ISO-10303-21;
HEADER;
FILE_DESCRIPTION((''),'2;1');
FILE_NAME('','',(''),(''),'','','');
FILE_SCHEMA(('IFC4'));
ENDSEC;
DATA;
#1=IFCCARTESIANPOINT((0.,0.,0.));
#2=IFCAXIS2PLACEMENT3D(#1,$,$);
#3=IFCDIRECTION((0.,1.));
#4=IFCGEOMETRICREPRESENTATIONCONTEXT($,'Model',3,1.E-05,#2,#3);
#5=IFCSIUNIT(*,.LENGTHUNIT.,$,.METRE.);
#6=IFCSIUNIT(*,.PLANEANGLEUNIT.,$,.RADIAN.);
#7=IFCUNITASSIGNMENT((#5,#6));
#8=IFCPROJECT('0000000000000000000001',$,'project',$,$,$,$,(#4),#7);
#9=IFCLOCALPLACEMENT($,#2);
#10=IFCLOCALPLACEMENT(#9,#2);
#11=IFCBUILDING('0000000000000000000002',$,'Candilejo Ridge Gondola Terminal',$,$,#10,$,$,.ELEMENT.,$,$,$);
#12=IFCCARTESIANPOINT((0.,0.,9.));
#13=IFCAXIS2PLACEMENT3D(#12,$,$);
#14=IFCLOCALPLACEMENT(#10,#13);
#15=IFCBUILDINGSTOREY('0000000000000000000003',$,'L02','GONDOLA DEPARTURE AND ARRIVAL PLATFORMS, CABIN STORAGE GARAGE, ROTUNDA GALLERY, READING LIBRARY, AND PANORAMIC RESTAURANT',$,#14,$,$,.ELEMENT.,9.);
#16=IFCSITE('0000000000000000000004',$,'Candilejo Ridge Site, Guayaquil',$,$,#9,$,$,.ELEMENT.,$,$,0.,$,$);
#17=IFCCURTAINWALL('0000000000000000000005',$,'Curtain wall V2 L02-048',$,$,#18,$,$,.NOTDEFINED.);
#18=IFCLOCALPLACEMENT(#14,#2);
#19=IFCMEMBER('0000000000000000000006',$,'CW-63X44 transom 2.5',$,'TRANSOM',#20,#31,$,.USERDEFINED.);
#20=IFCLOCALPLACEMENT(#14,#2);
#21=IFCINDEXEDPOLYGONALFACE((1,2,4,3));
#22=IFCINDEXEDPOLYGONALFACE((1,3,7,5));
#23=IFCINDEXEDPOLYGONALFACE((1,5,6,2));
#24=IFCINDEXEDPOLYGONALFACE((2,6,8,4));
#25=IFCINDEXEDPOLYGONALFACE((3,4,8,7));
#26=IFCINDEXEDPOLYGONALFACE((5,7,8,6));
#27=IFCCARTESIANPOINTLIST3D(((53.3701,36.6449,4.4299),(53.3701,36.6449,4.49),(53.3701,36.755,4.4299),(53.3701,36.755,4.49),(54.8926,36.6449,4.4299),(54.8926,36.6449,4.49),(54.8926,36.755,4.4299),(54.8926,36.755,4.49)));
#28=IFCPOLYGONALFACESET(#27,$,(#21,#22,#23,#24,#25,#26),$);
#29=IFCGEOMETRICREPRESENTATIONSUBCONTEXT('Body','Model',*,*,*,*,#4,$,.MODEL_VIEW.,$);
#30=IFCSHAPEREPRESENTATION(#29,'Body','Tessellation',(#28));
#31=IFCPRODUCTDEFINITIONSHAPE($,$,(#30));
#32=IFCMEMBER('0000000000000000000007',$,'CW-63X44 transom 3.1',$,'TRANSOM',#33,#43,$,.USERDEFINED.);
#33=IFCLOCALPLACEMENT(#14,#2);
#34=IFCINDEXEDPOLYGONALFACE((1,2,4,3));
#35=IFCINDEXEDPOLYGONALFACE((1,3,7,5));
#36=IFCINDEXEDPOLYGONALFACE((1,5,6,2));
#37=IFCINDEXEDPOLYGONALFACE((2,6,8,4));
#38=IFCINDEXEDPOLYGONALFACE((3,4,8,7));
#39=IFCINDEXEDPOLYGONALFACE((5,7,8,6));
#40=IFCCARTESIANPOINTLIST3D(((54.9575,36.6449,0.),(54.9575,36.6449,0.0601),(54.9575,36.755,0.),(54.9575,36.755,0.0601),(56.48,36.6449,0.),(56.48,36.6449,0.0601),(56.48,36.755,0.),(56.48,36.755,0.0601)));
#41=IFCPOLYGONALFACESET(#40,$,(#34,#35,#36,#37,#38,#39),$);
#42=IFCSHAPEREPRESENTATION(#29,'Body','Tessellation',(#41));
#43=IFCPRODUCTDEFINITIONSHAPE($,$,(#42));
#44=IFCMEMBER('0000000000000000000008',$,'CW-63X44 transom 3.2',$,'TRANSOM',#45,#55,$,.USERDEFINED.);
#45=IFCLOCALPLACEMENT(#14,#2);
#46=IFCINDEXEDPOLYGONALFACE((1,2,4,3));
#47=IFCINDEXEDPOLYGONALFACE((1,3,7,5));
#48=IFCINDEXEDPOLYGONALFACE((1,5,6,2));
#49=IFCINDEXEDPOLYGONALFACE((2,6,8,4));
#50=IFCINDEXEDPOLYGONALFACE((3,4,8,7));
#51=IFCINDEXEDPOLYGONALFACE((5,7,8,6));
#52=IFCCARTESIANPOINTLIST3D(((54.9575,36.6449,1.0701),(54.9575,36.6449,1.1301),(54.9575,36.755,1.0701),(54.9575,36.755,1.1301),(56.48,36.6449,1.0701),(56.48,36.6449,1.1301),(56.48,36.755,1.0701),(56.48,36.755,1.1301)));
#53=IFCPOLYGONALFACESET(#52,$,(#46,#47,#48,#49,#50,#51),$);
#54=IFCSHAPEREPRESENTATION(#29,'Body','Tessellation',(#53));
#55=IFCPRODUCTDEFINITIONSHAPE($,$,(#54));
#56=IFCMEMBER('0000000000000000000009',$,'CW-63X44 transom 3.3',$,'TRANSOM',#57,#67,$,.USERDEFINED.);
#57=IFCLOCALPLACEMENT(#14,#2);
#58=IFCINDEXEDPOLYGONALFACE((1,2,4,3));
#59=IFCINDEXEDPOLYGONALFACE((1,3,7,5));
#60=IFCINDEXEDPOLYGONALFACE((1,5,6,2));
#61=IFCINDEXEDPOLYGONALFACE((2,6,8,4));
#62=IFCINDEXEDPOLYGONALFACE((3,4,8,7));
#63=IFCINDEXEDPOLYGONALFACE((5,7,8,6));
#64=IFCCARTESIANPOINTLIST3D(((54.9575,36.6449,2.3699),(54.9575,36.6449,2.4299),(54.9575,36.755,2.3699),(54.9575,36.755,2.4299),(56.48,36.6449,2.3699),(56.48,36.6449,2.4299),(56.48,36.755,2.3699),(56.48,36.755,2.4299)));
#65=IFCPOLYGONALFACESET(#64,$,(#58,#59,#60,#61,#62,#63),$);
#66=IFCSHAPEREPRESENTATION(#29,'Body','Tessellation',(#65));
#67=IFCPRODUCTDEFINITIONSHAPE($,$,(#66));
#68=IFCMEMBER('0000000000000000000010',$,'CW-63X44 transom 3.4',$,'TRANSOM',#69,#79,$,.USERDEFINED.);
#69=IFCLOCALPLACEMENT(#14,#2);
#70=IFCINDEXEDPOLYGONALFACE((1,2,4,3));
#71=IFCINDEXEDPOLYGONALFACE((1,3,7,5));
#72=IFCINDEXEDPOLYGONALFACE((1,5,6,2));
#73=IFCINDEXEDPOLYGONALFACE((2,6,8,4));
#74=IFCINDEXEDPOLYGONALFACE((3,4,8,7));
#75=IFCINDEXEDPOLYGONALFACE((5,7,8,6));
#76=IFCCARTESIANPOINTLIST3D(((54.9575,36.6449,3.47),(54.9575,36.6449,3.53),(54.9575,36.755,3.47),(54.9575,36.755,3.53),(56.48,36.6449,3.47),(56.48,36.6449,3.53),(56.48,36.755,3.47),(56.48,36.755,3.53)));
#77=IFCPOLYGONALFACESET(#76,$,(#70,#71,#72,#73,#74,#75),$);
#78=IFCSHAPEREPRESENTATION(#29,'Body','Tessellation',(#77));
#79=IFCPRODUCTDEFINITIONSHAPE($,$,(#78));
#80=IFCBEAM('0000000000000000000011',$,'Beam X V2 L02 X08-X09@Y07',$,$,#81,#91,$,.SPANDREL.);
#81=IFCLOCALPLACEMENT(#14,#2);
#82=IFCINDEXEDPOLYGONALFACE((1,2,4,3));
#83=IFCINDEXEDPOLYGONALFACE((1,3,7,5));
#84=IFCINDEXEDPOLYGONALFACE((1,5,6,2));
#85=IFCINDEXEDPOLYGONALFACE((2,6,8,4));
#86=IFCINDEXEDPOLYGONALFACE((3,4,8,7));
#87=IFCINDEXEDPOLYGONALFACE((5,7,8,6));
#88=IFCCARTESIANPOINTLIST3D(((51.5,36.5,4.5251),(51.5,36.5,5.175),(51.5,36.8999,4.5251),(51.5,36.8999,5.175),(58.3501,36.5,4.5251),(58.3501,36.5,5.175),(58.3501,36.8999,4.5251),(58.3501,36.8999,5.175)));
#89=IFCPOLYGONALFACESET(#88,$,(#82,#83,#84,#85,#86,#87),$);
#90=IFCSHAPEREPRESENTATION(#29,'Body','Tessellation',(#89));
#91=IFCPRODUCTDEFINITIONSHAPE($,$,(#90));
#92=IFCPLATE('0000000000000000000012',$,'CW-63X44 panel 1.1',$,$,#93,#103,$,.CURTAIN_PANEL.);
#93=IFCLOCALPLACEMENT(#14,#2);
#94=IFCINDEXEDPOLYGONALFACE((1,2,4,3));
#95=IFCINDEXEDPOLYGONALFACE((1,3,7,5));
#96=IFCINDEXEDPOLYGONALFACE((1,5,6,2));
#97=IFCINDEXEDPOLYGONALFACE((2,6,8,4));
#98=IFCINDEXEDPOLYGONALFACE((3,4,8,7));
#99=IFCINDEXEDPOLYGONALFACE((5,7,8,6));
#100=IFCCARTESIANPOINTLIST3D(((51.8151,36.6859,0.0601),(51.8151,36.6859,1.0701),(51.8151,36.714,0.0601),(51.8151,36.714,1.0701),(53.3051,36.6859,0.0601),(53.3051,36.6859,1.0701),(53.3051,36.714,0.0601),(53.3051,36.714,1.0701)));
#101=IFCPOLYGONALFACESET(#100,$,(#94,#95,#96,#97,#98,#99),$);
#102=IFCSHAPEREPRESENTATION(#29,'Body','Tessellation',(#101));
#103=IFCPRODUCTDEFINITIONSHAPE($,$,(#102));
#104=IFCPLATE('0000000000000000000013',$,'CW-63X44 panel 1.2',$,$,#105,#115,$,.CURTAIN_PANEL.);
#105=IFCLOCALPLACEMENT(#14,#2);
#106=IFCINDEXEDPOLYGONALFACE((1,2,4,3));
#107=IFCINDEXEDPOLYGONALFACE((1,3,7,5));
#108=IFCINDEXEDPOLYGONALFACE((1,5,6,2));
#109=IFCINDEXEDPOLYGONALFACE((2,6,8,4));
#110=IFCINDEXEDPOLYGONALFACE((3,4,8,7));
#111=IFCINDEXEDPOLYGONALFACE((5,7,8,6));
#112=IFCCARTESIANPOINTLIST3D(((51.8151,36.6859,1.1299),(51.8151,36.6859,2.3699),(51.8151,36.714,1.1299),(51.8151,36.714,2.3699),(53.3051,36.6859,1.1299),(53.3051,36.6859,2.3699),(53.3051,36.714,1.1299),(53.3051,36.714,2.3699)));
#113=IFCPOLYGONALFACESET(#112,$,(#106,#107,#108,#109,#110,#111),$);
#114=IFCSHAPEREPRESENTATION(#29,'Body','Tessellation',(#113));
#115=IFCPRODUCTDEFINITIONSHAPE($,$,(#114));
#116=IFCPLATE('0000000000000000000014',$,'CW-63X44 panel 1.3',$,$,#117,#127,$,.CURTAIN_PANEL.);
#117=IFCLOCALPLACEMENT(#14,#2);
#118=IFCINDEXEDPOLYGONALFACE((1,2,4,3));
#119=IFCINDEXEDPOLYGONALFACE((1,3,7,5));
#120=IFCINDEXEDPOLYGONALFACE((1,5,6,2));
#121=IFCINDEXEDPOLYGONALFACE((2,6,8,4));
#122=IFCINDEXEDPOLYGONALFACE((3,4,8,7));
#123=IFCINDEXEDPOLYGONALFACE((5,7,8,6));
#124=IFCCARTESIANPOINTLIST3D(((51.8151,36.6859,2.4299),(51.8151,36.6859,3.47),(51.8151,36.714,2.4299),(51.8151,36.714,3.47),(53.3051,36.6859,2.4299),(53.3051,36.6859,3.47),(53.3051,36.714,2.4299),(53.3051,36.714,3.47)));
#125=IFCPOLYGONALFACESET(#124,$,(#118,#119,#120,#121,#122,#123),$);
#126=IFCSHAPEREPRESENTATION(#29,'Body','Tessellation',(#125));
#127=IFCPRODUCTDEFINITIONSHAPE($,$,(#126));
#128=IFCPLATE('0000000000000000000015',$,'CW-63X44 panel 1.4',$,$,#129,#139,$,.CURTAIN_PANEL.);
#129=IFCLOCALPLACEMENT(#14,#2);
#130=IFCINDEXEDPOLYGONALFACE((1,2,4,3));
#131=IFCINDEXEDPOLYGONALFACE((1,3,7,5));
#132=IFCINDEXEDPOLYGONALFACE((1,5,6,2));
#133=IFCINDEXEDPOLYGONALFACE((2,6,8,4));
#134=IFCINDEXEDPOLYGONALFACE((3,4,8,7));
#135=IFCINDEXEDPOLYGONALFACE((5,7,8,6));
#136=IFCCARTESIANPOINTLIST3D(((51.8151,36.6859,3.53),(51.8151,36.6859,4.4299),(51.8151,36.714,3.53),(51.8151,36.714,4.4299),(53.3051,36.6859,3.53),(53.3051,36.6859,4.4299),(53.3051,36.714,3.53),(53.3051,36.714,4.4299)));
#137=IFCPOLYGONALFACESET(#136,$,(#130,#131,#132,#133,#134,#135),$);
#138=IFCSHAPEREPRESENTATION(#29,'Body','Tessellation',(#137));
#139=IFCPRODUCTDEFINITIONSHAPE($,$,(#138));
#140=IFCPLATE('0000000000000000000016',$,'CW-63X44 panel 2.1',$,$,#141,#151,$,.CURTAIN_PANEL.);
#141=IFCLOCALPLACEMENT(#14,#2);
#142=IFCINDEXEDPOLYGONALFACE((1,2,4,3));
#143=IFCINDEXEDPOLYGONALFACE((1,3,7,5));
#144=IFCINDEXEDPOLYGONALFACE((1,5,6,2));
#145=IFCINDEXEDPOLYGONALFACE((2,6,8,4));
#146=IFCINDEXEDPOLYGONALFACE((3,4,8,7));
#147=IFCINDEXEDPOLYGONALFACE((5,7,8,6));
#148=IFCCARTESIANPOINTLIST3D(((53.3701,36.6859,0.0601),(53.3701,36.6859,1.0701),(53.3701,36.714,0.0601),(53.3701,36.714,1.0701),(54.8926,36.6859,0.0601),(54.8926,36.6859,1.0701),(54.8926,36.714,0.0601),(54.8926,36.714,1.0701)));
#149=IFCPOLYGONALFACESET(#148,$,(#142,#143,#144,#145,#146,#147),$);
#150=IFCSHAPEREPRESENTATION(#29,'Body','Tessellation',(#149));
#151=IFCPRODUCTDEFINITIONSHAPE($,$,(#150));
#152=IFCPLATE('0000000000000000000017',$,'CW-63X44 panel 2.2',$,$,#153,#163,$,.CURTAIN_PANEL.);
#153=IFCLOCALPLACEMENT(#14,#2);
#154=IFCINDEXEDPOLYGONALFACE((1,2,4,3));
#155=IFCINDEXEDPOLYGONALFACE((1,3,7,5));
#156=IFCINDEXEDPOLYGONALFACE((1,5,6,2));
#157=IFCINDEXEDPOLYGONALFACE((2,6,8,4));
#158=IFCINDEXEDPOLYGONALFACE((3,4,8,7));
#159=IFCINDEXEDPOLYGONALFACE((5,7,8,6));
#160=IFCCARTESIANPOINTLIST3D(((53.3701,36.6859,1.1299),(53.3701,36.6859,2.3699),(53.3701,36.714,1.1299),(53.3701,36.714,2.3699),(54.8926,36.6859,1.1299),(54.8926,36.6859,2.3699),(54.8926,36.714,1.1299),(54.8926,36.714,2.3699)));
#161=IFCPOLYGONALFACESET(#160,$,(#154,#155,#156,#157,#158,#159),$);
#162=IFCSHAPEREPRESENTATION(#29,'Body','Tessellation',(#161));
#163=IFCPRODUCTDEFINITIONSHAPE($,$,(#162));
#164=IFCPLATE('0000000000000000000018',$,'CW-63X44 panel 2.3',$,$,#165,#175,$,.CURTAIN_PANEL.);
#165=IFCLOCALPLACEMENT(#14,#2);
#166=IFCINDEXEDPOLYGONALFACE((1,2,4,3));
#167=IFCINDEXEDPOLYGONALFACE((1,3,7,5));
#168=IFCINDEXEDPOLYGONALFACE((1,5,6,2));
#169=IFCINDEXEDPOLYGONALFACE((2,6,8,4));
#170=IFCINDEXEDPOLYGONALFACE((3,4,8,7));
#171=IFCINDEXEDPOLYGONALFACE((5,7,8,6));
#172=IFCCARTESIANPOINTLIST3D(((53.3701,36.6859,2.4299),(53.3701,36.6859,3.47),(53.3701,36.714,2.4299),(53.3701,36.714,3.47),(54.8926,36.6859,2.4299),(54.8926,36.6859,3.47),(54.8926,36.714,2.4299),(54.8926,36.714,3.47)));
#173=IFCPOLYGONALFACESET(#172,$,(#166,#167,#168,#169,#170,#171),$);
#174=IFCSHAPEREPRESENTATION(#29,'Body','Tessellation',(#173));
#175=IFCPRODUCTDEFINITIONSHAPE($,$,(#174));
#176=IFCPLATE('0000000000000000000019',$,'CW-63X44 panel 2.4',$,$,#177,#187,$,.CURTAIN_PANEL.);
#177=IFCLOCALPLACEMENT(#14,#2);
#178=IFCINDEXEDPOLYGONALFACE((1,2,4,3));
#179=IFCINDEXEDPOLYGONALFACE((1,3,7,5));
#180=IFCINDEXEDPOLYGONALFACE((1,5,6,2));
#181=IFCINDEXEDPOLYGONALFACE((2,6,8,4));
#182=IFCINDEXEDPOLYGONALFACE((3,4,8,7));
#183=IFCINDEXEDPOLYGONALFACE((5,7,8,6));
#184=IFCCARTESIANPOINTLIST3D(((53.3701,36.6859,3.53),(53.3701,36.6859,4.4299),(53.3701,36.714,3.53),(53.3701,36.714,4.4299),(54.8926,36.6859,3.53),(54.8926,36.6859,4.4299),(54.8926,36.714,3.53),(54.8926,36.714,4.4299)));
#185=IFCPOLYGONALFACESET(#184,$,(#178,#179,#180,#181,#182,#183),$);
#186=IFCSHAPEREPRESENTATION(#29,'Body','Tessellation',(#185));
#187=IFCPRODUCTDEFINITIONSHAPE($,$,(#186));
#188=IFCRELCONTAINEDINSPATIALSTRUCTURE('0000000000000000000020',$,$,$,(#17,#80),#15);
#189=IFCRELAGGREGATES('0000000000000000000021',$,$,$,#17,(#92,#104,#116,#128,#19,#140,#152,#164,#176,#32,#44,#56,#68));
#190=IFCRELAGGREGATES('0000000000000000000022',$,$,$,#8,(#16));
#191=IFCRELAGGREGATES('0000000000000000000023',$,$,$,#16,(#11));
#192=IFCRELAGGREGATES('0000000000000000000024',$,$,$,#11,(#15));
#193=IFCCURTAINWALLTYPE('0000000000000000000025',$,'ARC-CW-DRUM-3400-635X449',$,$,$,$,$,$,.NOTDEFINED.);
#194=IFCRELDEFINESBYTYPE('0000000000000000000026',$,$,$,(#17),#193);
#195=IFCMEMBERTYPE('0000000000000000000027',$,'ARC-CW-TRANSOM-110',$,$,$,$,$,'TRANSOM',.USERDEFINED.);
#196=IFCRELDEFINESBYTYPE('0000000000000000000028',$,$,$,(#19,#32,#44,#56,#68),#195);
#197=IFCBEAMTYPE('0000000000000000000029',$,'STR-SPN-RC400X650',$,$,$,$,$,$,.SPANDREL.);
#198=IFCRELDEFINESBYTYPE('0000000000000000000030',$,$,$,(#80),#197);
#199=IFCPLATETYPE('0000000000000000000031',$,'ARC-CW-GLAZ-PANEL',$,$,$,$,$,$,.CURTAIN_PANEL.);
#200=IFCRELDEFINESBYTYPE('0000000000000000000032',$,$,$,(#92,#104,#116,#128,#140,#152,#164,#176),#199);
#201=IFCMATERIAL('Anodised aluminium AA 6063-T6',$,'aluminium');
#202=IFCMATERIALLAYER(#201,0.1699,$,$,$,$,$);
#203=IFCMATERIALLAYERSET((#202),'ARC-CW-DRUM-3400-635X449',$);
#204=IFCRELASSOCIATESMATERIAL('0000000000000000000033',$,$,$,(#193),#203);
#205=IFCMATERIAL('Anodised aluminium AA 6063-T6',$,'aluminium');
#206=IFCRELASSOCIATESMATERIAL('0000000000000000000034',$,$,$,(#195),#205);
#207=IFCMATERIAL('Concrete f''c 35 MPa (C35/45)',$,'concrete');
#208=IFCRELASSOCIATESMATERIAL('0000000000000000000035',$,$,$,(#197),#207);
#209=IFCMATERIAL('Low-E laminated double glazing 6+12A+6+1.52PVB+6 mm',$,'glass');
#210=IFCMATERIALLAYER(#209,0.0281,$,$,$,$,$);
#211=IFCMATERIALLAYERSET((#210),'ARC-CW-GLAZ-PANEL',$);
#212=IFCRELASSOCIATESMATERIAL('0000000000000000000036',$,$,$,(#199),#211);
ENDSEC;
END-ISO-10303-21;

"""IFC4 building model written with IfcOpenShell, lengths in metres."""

from ifc_helpers import new_model, si_unit, direction, frame, origin, origin_2d, place, context, subcontext, project, spatial, rectangle, extrude, material, layer, layer_set, material_profile, profile_set, type_object, element, aggregate, save


model = new_model("IFC4")

# Units and contexts
model_context = context("Model", 3, precision=1e-05, world=origin(), true_north=direction((0.0, 1.0)))
body_context = subcontext(model_context, "Body", "Model", "MODEL_VIEW")
ifc_project = project(units=[si_unit("LENGTHUNIT", "METRE"), si_unit("PLANEANGLEUNIT", "RADIAN")], contexts=[model_context])

# Site, building, storey
site_placement = place(None, origin())
site = spatial("IfcSite", under=ifc_project, at=site_placement, Name="Candilejo Ridge Site, Guayaquil", CompositionType="ELEMENT", RefElevation=0.0)
building_placement = place(site_placement, origin())
building = spatial("IfcBuilding", under=site, at=building_placement, Name="Candilejo Ridge Gondola Terminal", CompositionType="ELEMENT")
storey_placement = place(building_placement, frame((0.0, 0.0, 9.0)))
storey = spatial("IfcBuildingStorey", under=building, at=storey_placement, Name="L02", Description="GONDOLA DEPARTURE AND ARRIVAL PLATFORMS, CABIN STORAGE GARAGE, ROTUNDA GALLERY, READING LIBRARY, AND PANORAMIC RESTAURANT", CompositionType="ELEMENT", Elevation=9.0)

# Shared definitions
ifc_material_1 = material(Name="Anodised aluminium AA 6063-T6", Category="aluminium")
ifc_layer_1 = layer(ifc_material_1, 0.1699)
ifc_layer_set_1 = layer_set([ifc_layer_1], Name="ARC-CW-DRUM-3400-635X449")
curtain_wall_type = type_object("IfcCurtainWallType", Name="ARC-CW-DRUM-3400-635X449", PredefinedType="NOTDEFINED", material=ifc_layer_set_1)

# Curtain wall, members
curtain_wall_1_placement = place(storey_placement, origin())
curtain_wall_1 = element("IfcCurtainWall", 1, at=curtain_wall_1_placement, inside=storey, type_object=curtain_wall_type, Name="Curtain wall V2 L02-048", PredefinedType="NOTDEFINED")
ifc_material_2 = material(Name="Anodised aluminium AA 6063-T6", Category="aluminium")
ifc_material_profile_1 = material_profile(ifc_material_2, rectangle(XDim=0.1101, YDim=0.0601, at=origin_2d()))
ifc_profile_set_1 = profile_set([ifc_material_profile_1], Name="Anodised aluminium AA 6063-T6")
member_type_1 = type_object("IfcMemberType", Name="ARC-CW-TRANSOM-110", ElementType="TRANSOM", PredefinedType="USERDEFINED", material=ifc_profile_set_1)
member_1_placement = place(storey_placement, frame((53.3701, 36.7, 4.46), z_axis=(1.0, 0.0, 0.0), x_axis=(0.0, 1.0, 0.0)))
member_1 = element("IfcMember", 2, at=member_1_placement, type_object=member_type_1, Name="CW-63X44 transom 2.5", ObjectType="TRANSOM", PredefinedType="USERDEFINED", context=body_context, shape_type="SweptSolid", body=[
    extrude(rectangle(XDim=0.1101, YDim=0.0601, at=origin_2d()), origin(), (0.0, 0.0, 1.0), 1.5225),
])
member_2_placement = place(storey_placement, frame((54.9575, 36.7, 0.03), z_axis=(1.0, 0.0, 0.0), x_axis=(0.0, 1.0, 0.0)))
member_2 = element("IfcMember", 3, at=member_2_placement, type_object=member_type_1, Name="CW-63X44 transom 3.1", ObjectType="TRANSOM", PredefinedType="USERDEFINED", context=body_context, shape_type="SweptSolid", body=[
    extrude(rectangle(XDim=0.1101, YDim=0.0601, at=origin_2d()), origin(), (0.0, 0.0, 1.0), 1.5225),
])
member_3_placement = place(storey_placement, frame((54.9575, 36.7, 1.1001), z_axis=(1.0, 0.0, 0.0), x_axis=(0.0, 1.0, 0.0)))
member_3 = element("IfcMember", 4, at=member_3_placement, type_object=member_type_1, Name="CW-63X44 transom 3.2", ObjectType="TRANSOM", PredefinedType="USERDEFINED", context=body_context, shape_type="SweptSolid", body=[
    extrude(rectangle(XDim=0.1101, YDim=0.0601, at=origin_2d()), origin(), (0.0, 0.0, 1.0), 1.5225),
])
member_4_placement = place(storey_placement, frame((54.9575, 36.7, 2.3999), z_axis=(1.0, 0.0, 0.0), x_axis=(0.0, 1.0, 0.0)))
member_4 = element("IfcMember", 5, at=member_4_placement, type_object=member_type_1, Name="CW-63X44 transom 3.3", ObjectType="TRANSOM", PredefinedType="USERDEFINED", context=body_context, shape_type="SweptSolid", body=[
    extrude(rectangle(XDim=0.1101, YDim=0.0601, at=origin_2d()), origin(), (0.0, 0.0, 1.0), 1.5225),
])
member_5_placement = place(storey_placement, frame((54.9575, 36.7, 3.5), z_axis=(1.0, 0.0, 0.0), x_axis=(0.0, 1.0, 0.0)))
member_5 = element("IfcMember", 6, at=member_5_placement, type_object=member_type_1, Name="CW-63X44 transom 3.4", ObjectType="TRANSOM", PredefinedType="USERDEFINED", context=body_context, shape_type="SweptSolid", body=[
    extrude(rectangle(XDim=0.1101, YDim=0.0601, at=origin_2d()), origin(), (0.0, 0.0, 1.0), 1.5225),
])

# Beam
ifc_material_3 = material(Name="Concrete f'c 35 MPa (C35/45)", Category="concrete")
ifc_material_profile_2 = material_profile(ifc_material_3, rectangle(XDim=0.3999, YDim=0.6499, at=origin_2d()))
ifc_profile_set_2 = profile_set([ifc_material_profile_2], Name="Concrete f'c 35 MPa (C35/45)")
beam_type = type_object("IfcBeamType", Name="STR-SPN-RC400X650", PredefinedType="SPANDREL", material=ifc_profile_set_2)
beam_placement = place(storey_placement, frame((51.5, 36.7, 4.8501), z_axis=(1.0, 0.0, 0.0), x_axis=(0.0, 1.0, 0.0)))
element("IfcBeam", 7, at=beam_placement, inside=storey, type_object=beam_type, Name="Beam X V2 L02 X08-X09@Y07", PredefinedType="SPANDREL", context=body_context, shape_type="SweptSolid", body=[
    extrude(rectangle(XDim=0.3999, YDim=0.6499, at=origin_2d()), origin(), (0.0, 0.0, 1.0), 6.8501),
])

# Plates
ifc_material_4 = material(Name="Low-E laminated double glazing 6+12A+6+1.52PVB+6 mm", Category="glass")
ifc_layer_2 = layer(ifc_material_4, 0.0281)
ifc_layer_set_2 = layer_set([ifc_layer_2], Name="ARC-CW-GLAZ-PANEL")
plate_type = type_object("IfcPlateType", Name="ARC-CW-GLAZ-PANEL", PredefinedType="CURTAIN_PANEL", material=ifc_layer_set_2)
plate_1_placement = place(storey_placement, frame((52.5601, 36.7, 0.0601), z_axis=(0.0, 0.0, 1.0), x_axis=(1.0, 0.0, 0.0)))
plate_1 = element("IfcPlate", 8, at=plate_1_placement, type_object=plate_type, Name="CW-63X44 panel 1.1", PredefinedType="CURTAIN_PANEL", context=body_context, shape_type="SweptSolid", body=[
    extrude(rectangle(XDim=1.49, YDim=0.0281, at=origin_2d()), origin(), (0.0, 0.0, 1.0), 1.01),
])
plate_2_placement = place(storey_placement, frame((52.5601, 36.7, 1.1299), z_axis=(0.0, 0.0, 1.0), x_axis=(1.0, 0.0, 0.0)))
plate_2 = element("IfcPlate", 9, at=plate_2_placement, type_object=plate_type, Name="CW-63X44 panel 1.2", PredefinedType="CURTAIN_PANEL", context=body_context, shape_type="SweptSolid", body=[
    extrude(rectangle(XDim=1.49, YDim=0.0281, at=origin_2d()), origin(), (0.0, 0.0, 1.0), 1.24),
])
plate_3_placement = place(storey_placement, frame((52.5601, 36.7, 2.4299), z_axis=(0.0, 0.0, 1.0), x_axis=(1.0, 0.0, 0.0)))
plate_3 = element("IfcPlate", 10, at=plate_3_placement, type_object=plate_type, Name="CW-63X44 panel 1.3", PredefinedType="CURTAIN_PANEL", context=body_context, shape_type="SweptSolid", body=[
    extrude(rectangle(XDim=1.49, YDim=0.0281, at=origin_2d()), origin(), (0.0, 0.0, 1.0), 1.04),
])
plate_4_placement = place(storey_placement, frame((52.5601, 36.7, 3.53), z_axis=(0.0, 0.0, 1.0), x_axis=(1.0, 0.0, 0.0)))
plate_4 = element("IfcPlate", 11, at=plate_4_placement, type_object=plate_type, Name="CW-63X44 panel 1.4", PredefinedType="CURTAIN_PANEL", context=body_context, shape_type="SweptSolid", body=[
    extrude(rectangle(XDim=1.49, YDim=0.0281, at=origin_2d()), origin(), (0.0, 0.0, 1.0), 0.8999),
])
plate_5_placement = place(storey_placement, frame((54.1313, 36.7, 0.0601), z_axis=(0.0, 0.0, 1.0), x_axis=(1.0, 0.0, 0.0)))
plate_5 = element("IfcPlate", 12, at=plate_5_placement, type_object=plate_type, Name="CW-63X44 panel 2.1", PredefinedType="CURTAIN_PANEL", context=body_context, shape_type="SweptSolid", body=[
    extrude(rectangle(XDim=1.5225, YDim=0.0281, at=origin_2d()), origin(), (0.0, 0.0, 1.0), 1.01),
])
plate_6_placement = place(storey_placement, frame((54.1313, 36.7, 1.1299), z_axis=(0.0, 0.0, 1.0), x_axis=(1.0, 0.0, 0.0)))
plate_6 = element("IfcPlate", 13, at=plate_6_placement, type_object=plate_type, Name="CW-63X44 panel 2.2", PredefinedType="CURTAIN_PANEL", context=body_context, shape_type="SweptSolid", body=[
    extrude(rectangle(XDim=1.5225, YDim=0.0281, at=origin_2d()), origin(), (0.0, 0.0, 1.0), 1.24),
])
plate_7_placement = place(storey_placement, frame((54.1313, 36.7, 2.4299), z_axis=(0.0, 0.0, 1.0), x_axis=(1.0, 0.0, 0.0)))
plate_7 = element("IfcPlate", 14, at=plate_7_placement, type_object=plate_type, Name="CW-63X44 panel 2.3", PredefinedType="CURTAIN_PANEL", context=body_context, shape_type="SweptSolid", body=[
    extrude(rectangle(XDim=1.5225, YDim=0.0281, at=origin_2d()), origin(), (0.0, 0.0, 1.0), 1.04),
])
plate_8_placement = place(storey_placement, frame((54.1313, 36.7, 3.53), z_axis=(0.0, 0.0, 1.0), x_axis=(1.0, 0.0, 0.0)))
plate_8 = element("IfcPlate", 15, at=plate_8_placement, type_object=plate_type, Name="CW-63X44 panel 2.4", PredefinedType="CURTAIN_PANEL", context=body_context, shape_type="SweptSolid", body=[
    extrude(rectangle(XDim=1.5225, YDim=0.0281, at=origin_2d()), origin(), (0.0, 0.0, 1.0), 0.8999),
])
aggregate(curtain_wall_1, [plate_1, plate_2, plate_3, plate_4, member_1, plate_5, plate_6, plate_7, plate_8, member_2, member_3, member_4, member_5])

save(model, "model.ifc")
